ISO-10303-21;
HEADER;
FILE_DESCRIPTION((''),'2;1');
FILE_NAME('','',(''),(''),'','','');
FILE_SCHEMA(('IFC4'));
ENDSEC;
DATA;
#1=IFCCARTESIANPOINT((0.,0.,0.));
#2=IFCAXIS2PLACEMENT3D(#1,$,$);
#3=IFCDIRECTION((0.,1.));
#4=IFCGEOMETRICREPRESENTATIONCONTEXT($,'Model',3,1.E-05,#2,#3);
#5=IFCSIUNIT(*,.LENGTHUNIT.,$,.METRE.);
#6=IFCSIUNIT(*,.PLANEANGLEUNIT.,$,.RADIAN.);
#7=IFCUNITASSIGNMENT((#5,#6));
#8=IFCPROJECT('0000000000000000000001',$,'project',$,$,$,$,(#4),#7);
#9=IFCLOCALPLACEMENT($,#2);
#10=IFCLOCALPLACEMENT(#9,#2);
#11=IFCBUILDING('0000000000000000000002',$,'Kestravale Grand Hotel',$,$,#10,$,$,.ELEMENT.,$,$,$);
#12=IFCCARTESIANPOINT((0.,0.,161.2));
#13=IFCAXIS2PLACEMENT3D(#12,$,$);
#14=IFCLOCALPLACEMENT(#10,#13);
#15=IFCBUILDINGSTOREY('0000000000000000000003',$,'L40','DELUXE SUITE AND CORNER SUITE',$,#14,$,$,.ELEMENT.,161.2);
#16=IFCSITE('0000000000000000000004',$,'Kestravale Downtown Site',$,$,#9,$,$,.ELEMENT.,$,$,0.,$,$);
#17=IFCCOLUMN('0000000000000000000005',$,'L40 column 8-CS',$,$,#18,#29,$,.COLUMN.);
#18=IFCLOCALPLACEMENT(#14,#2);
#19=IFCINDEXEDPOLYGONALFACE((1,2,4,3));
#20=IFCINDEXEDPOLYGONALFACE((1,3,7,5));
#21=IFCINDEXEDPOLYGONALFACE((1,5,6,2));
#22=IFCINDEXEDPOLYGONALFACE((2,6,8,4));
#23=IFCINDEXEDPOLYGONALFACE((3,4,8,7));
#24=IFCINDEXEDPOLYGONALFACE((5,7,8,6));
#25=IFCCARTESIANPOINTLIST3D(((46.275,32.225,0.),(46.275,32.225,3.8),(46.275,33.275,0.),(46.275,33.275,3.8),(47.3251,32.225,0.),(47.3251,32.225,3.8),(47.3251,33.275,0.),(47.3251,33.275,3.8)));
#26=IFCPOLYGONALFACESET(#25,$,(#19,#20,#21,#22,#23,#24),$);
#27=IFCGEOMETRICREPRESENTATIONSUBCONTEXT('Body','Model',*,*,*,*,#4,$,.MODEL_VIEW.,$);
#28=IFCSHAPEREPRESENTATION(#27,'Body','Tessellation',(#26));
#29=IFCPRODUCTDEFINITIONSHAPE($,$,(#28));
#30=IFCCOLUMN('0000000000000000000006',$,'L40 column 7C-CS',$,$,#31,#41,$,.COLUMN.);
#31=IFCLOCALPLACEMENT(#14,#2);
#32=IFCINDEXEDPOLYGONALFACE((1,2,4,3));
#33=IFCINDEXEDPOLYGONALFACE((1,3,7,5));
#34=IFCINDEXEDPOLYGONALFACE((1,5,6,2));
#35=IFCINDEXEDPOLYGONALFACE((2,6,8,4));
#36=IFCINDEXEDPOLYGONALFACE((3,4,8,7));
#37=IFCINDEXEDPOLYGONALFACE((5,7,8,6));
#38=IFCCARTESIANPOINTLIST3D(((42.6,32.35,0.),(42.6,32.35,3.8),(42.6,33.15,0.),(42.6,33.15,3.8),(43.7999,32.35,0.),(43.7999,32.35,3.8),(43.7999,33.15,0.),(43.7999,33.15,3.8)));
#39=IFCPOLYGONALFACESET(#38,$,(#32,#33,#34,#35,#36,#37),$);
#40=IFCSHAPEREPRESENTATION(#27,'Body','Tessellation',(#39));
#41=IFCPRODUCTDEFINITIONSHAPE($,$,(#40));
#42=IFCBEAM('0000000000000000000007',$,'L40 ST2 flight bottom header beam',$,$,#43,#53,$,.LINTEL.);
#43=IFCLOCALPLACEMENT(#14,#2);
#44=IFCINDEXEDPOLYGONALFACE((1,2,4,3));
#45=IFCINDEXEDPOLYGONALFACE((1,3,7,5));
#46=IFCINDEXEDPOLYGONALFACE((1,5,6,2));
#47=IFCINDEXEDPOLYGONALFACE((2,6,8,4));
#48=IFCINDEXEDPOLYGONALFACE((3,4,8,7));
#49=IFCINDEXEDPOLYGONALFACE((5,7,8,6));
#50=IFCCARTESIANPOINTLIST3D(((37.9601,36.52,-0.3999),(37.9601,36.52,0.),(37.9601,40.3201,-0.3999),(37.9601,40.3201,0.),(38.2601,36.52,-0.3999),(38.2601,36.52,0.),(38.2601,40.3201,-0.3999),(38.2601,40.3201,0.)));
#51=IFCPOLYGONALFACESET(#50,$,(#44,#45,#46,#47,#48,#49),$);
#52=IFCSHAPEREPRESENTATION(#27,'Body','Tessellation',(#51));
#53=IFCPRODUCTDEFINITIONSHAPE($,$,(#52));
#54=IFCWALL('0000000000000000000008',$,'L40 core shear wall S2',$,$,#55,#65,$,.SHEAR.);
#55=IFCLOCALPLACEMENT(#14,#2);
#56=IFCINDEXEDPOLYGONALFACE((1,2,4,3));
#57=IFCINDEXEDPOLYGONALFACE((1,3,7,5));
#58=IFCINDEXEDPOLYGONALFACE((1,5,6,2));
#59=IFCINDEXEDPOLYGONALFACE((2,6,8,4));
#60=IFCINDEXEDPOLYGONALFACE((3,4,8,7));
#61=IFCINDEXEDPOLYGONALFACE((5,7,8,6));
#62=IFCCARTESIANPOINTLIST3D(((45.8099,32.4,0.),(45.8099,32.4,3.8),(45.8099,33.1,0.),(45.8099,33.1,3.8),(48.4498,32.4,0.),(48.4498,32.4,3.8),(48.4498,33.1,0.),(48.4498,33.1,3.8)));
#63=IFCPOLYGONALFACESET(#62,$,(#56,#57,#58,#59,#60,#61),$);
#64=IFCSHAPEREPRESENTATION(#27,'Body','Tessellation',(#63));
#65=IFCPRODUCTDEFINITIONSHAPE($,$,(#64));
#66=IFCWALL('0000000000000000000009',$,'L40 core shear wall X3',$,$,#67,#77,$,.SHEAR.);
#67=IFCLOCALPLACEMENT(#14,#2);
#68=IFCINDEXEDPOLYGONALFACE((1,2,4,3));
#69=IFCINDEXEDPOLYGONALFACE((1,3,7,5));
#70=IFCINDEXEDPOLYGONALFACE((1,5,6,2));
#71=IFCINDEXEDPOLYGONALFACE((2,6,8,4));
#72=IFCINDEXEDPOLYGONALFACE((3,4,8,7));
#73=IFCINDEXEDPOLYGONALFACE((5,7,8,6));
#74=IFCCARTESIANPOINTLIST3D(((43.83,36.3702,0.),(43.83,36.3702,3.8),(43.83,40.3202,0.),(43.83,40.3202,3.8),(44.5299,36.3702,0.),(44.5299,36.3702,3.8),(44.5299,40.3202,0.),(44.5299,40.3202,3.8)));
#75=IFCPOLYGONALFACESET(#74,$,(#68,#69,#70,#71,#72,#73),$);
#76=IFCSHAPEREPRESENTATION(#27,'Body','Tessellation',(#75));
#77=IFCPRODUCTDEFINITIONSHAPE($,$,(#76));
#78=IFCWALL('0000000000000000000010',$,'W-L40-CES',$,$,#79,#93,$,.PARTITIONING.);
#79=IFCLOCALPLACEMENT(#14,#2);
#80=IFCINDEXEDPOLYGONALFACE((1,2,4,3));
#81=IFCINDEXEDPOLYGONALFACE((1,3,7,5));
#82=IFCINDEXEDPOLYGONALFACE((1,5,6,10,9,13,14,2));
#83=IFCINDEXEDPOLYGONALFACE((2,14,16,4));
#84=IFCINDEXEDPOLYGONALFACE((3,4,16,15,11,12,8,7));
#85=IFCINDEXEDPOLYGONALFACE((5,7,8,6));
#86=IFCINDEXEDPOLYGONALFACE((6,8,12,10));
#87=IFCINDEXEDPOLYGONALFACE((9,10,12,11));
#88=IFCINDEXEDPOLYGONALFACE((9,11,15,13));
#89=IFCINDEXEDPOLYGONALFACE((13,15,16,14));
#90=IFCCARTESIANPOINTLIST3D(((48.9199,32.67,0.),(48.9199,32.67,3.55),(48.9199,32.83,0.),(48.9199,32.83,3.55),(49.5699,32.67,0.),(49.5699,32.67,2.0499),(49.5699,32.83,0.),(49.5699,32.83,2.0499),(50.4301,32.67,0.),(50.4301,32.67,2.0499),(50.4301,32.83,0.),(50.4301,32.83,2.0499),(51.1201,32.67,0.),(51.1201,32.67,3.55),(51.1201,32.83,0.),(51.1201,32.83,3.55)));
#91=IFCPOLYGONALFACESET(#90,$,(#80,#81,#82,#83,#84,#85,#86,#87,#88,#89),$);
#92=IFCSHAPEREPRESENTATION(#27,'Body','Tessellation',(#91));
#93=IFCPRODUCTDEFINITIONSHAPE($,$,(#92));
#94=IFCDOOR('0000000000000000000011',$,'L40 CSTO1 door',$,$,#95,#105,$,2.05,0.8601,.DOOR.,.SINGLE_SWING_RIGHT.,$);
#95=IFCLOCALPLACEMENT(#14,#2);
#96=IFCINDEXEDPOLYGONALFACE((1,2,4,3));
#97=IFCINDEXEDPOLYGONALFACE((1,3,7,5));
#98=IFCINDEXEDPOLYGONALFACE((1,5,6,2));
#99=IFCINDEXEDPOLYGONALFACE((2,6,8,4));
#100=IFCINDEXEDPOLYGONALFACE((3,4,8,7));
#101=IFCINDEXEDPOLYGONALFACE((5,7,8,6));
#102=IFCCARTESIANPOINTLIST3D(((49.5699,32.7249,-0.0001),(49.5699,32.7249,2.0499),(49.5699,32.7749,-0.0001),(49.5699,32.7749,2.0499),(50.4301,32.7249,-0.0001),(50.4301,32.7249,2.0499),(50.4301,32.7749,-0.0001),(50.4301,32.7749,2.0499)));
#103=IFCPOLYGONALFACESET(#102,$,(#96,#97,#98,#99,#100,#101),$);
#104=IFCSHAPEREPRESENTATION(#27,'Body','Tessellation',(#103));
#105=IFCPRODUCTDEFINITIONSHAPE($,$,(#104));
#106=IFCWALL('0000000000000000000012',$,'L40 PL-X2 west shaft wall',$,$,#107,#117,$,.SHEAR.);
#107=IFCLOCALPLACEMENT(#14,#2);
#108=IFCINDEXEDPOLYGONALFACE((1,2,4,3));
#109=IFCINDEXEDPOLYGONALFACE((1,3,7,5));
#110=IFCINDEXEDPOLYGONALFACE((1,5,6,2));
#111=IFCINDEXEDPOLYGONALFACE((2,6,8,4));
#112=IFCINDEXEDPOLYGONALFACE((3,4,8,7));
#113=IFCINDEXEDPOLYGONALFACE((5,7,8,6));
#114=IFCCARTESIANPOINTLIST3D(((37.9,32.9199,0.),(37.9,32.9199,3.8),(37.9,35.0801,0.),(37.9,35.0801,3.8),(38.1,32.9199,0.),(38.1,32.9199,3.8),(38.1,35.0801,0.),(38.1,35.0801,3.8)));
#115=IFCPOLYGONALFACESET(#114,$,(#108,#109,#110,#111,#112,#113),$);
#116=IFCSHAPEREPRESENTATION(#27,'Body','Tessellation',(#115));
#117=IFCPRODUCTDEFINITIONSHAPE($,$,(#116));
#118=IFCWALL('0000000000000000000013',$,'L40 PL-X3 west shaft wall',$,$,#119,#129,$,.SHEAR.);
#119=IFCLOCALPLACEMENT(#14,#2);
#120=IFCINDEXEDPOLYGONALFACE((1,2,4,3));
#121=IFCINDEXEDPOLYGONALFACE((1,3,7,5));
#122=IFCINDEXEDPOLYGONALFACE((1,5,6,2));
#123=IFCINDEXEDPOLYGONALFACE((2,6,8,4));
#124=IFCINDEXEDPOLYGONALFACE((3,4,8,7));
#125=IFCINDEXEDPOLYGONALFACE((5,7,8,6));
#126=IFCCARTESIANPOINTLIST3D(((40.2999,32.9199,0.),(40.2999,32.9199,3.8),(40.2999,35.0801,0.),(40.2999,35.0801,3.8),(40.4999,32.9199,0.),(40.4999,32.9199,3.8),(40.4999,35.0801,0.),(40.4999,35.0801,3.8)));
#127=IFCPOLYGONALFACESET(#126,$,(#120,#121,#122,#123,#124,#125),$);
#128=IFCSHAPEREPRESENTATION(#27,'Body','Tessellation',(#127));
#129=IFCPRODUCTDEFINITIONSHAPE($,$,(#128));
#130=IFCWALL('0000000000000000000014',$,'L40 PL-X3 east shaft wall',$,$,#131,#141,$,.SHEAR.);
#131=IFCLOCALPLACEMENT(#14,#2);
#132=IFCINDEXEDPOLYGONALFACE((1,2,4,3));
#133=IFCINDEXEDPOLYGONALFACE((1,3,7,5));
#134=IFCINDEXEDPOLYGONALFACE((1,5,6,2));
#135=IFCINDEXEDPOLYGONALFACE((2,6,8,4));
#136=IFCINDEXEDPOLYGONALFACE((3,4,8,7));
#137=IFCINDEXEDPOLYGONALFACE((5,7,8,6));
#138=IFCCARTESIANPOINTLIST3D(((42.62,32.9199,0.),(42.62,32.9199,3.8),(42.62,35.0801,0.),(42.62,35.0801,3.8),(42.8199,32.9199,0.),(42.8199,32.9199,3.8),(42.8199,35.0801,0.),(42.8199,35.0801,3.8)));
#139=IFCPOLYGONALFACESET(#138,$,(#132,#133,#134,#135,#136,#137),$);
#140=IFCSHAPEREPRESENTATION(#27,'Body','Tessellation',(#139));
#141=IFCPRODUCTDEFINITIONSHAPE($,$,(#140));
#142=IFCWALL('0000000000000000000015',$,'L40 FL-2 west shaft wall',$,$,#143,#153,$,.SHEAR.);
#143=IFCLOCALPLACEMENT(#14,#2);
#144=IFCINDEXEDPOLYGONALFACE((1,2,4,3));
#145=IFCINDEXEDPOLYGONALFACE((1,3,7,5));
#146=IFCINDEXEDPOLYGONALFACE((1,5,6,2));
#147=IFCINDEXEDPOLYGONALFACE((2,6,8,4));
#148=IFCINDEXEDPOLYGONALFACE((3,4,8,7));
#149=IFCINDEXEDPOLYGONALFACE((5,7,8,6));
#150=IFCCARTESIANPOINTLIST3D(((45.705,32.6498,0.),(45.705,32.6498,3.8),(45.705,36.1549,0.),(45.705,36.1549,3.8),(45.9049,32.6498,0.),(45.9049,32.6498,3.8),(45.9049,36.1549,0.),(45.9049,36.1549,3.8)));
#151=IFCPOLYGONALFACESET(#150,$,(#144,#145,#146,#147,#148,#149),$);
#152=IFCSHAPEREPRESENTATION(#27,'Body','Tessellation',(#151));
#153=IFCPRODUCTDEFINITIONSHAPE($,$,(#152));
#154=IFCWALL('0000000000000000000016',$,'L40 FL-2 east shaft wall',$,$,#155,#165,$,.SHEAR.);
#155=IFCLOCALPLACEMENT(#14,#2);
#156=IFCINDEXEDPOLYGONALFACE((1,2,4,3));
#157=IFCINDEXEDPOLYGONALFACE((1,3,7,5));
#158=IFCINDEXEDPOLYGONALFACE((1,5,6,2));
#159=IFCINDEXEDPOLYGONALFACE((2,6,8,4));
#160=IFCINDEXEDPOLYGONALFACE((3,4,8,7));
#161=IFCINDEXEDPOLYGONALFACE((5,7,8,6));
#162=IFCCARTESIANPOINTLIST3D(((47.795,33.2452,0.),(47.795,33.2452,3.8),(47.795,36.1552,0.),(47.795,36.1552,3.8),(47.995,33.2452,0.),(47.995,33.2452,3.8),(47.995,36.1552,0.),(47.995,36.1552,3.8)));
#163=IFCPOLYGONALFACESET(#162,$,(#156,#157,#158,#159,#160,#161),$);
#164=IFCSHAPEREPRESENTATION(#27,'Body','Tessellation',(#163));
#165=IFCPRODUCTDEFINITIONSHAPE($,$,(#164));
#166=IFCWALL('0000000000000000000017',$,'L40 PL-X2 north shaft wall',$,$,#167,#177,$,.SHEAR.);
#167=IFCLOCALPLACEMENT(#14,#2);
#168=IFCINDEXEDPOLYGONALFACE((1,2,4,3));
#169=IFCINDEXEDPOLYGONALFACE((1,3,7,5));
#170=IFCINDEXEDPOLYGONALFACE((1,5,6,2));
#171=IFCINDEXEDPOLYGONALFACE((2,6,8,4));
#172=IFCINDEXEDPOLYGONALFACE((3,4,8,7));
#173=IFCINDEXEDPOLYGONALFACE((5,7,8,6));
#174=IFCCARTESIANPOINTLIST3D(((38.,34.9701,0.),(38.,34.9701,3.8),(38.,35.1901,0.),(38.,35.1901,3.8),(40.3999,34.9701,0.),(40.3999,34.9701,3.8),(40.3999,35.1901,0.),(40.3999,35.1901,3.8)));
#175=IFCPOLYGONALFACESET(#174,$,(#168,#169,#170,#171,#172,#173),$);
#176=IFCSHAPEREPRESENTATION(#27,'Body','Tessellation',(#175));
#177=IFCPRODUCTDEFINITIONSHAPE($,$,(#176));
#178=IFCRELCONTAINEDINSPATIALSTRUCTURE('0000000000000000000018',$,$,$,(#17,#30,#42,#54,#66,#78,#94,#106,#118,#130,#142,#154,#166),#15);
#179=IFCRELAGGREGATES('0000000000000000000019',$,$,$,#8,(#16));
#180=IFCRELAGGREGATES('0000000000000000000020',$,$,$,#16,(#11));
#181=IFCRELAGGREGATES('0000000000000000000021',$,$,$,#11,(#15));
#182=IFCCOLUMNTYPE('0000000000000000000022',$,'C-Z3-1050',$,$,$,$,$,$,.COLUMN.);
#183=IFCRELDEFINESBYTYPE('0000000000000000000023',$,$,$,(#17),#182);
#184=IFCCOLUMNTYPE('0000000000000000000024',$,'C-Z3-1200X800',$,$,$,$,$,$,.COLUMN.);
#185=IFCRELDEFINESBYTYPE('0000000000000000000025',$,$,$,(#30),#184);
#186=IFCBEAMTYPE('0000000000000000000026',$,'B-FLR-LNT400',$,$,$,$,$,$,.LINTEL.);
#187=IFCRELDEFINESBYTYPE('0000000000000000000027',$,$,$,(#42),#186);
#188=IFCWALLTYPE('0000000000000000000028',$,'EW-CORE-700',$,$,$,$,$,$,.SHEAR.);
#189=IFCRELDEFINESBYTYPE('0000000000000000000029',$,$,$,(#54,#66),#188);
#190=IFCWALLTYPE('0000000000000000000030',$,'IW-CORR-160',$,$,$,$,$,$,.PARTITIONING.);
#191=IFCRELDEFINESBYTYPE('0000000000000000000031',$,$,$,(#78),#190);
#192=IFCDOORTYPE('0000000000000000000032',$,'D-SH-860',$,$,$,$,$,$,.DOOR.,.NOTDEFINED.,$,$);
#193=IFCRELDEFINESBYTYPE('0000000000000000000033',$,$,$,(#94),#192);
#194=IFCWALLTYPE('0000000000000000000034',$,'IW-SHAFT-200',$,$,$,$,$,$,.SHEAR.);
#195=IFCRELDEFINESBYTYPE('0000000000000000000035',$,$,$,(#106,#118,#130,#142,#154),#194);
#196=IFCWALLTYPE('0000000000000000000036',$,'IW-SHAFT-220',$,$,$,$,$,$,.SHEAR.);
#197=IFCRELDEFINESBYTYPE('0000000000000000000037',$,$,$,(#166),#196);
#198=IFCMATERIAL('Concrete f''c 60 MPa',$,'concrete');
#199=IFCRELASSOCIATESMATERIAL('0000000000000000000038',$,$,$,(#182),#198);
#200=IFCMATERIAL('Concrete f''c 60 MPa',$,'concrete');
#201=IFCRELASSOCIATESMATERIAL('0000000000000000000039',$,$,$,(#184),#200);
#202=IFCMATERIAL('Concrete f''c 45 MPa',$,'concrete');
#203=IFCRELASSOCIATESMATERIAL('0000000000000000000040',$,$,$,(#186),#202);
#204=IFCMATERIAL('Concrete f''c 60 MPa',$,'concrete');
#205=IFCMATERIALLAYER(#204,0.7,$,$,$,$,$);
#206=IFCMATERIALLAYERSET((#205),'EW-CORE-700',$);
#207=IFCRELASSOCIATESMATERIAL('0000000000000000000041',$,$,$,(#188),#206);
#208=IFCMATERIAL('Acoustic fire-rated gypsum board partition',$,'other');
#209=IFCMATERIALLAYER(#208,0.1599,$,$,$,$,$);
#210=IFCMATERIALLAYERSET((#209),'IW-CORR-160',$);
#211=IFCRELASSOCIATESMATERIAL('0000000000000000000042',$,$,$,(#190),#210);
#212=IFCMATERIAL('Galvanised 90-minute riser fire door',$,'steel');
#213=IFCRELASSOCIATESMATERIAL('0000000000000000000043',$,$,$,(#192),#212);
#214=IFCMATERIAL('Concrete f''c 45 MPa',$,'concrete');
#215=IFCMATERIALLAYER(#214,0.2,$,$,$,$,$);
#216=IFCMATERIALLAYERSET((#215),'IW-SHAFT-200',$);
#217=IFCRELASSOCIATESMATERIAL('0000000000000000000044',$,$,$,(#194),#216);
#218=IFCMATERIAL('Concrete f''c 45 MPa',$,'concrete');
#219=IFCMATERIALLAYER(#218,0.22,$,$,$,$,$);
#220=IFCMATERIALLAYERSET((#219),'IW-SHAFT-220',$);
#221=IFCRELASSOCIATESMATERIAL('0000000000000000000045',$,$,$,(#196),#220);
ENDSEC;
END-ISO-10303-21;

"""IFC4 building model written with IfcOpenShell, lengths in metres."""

from ifc_helpers import new_model, si_unit, direction, frame, frame_2d, origin, origin_2d, place, context, subcontext, project, spatial, rectangle, extrude, material, layer, layer_set, material_profile, profile_set, type_object, element, fill, save


model = new_model("IFC4")

# Units and contexts
model_context = context("Model", 3, precision=1e-05, world=origin(), true_north=direction((0.0, 1.0)))
body_context = subcontext(model_context, "Body", "Model", "MODEL_VIEW")
ifc_project = project(units=[si_unit("LENGTHUNIT", "METRE"), si_unit("PLANEANGLEUNIT", "RADIAN")], contexts=[model_context])

# Site, building, storey
site_placement = place(None, origin())
site = spatial("IfcSite", under=ifc_project, at=site_placement, Name="Kestravale Downtown Site", CompositionType="ELEMENT", RefElevation=0.0)
building_placement = place(site_placement, origin())
building = spatial("IfcBuilding", under=site, at=building_placement, Name="Kestravale Grand Hotel", CompositionType="ELEMENT")
storey_placement = place(building_placement, frame((0.0, 0.0, 161.2)))
storey = spatial("IfcBuildingStorey", under=building, at=storey_placement, Name="L40", Description="DELUXE SUITE AND CORNER SUITE", CompositionType="ELEMENT", Elevation=161.2)

# Columns
ifc_material_1 = material(Name="Concrete f'c 60 MPa", Category="concrete")
ifc_material_profile_1 = material_profile(ifc_material_1, rectangle(XDim=1.05, YDim=1.05, at=origin_2d()))
ifc_profile_set_1 = profile_set([ifc_material_profile_1], Name="Concrete f'c 60 MPa")
column_type_1 = type_object("IfcColumnType", Name="C-Z3-1050", PredefinedType="COLUMN", material=ifc_profile_set_1)
column_1_placement = place(storey_placement, frame((46.8, 32.75, 0.0), z_axis=(0.0, 0.0, 1.0), x_axis=(1.0, 0.0, 0.0)))
element("IfcColumn", 1, at=column_1_placement, inside=storey, type_object=column_type_1, Name="L40 column 8-CS", PredefinedType="COLUMN", context=body_context, shape_type="SweptSolid", body=[
    extrude(rectangle(XDim=1.05, YDim=1.05, at=origin_2d()), origin(), (0.0, 0.0, 1.0), 3.8),
])
ifc_material_2 = material(Name="Concrete f'c 60 MPa", Category="concrete")
ifc_material_profile_2 = material_profile(ifc_material_2, rectangle(XDim=1.2, YDim=0.8, at=origin_2d()))
ifc_profile_set_2 = profile_set([ifc_material_profile_2], Name="Concrete f'c 60 MPa")
column_type_2 = type_object("IfcColumnType", Name="C-Z3-1200X800", PredefinedType="COLUMN", material=ifc_profile_set_2)
column_2_placement = place(storey_placement, frame((43.2, 32.75, 0.0), z_axis=(0.0, 0.0, 1.0), x_axis=(1.0, 0.0, 0.0)))
element("IfcColumn", 2, at=column_2_placement, inside=storey, type_object=column_type_2, Name="L40 column 7C-CS", PredefinedType="COLUMN", context=body_context, shape_type="SweptSolid", body=[
    extrude(rectangle(XDim=1.2, YDim=0.8, at=origin_2d()), origin(), (0.0, 0.0, 1.0), 3.8),
])

# Beam
ifc_material_3 = material(Name="Concrete f'c 45 MPa", Category="concrete")
ifc_material_profile_3 = material_profile(ifc_material_3, rectangle(XDim=0.3, YDim=0.3999, at=origin_2d()))
ifc_profile_set_3 = profile_set([ifc_material_profile_3], Name="Concrete f'c 45 MPa")
beam_type = type_object("IfcBeamType", Name="B-FLR-LNT400", PredefinedType="LINTEL", material=ifc_profile_set_3)
beam_placement = place(storey_placement, frame((38.1101, 36.52, -0.2), z_axis=(0.0, 1.0, 0.0), x_axis=(-1.0, 0.0, 0.0)))
element("IfcBeam", 3, at=beam_placement, inside=storey, type_object=beam_type, Name="L40 ST2 flight bottom header beam", PredefinedType="LINTEL", context=body_context, shape_type="SweptSolid", body=[
    extrude(rectangle(XDim=0.3, YDim=0.3999, at=origin_2d()), origin(), (0.0, 0.0, 1.0), 3.8),
])

# Walls
ifc_material_4 = material(Name="Concrete f'c 60 MPa", Category="concrete")
ifc_layer_1 = layer(ifc_material_4, 0.7)
ifc_layer_set_1 = layer_set([ifc_layer_1], Name="EW-CORE-700")
wall_type_1 = type_object("IfcWallType", Name="EW-CORE-700", PredefinedType="SHEAR", material=ifc_layer_set_1)
wall_1_placement = place(storey_placement, frame((45.8101, 32.75, 0.0), z_axis=(0.0, 0.0, 1.0), x_axis=(1.0, 0.0, 0.0)))
element("IfcWall", 4, at=wall_1_placement, inside=storey, type_object=wall_type_1, Name="L40 core shear wall S2", PredefinedType="SHEAR", context=body_context, shape_type="SweptSolid", body=[
    extrude(rectangle(XDim=2.6399, YDim=0.7, at=frame_2d((1.3198, 0.0))), origin(), (0.0, 0.0, 1.0), 3.8),
])
wall_2_placement = place(storey_placement, frame((44.1799, 36.3701, 0.0), z_axis=(0.0, 0.0, 1.0), x_axis=(0.0, 1.0, 0.0)))
element("IfcWall", 5, at=wall_2_placement, inside=storey, type_object=wall_type_1, Name="L40 core shear wall X3", PredefinedType="SHEAR", context=body_context, shape_type="SweptSolid", body=[
    extrude(rectangle(XDim=3.95, YDim=0.7, at=frame_2d((1.9751, 0.0))), origin(), (0.0, 0.0, 1.0), 3.8),
])

# Wall, opening, door
ifc_material_5 = material(Name="Acoustic fire-rated gypsum board partition", Category="other")
ifc_layer_2 = layer(ifc_material_5, 0.1599)
ifc_layer_set_2 = layer_set([ifc_layer_2], Name="IW-CORR-160")
wall_type_2 = type_object("IfcWallType", Name="IW-CORR-160", PredefinedType="PARTITIONING", material=ifc_layer_set_2)
wall_3_placement = place(storey_placement, frame((48.9199, 32.75, 0.0), z_axis=(0.0, 0.0, 1.0), x_axis=(1.0, 0.0, 0.0)))
wall_3 = element("IfcWall", 6, at=wall_3_placement, inside=storey, type_object=wall_type_2, Name="W-L40-CES", PredefinedType="PARTITIONING", context=body_context, shape_type="SweptSolid", body=[
    extrude(rectangle(XDim=2.2002, YDim=0.1599, at=frame_2d((1.1001, 0.0))), origin(), (0.0, 0.0, 1.0), 3.55),
])
opening_1_placement = place(wall_3_placement, frame((0.6499, 0.0, 0.0)))
opening_1 = element("IfcOpeningElement", 7, at=opening_1_placement, cuts=wall_3, PredefinedType="OPENING", context=body_context, shape_type="SweptSolid", body=[
    extrude(rectangle(XDim=0.8601, YDim=2.05, at=frame_2d((0.4302, 1.0249))), frame((0.0, 0.0898, 0.0), z_axis=(0.0, -1.0, 0.0), x_axis=(1.0, 0.0, 0.0)), (0.0, 0.0, 1.0), 0.1799),
])
ifc_material_6 = material(Name="Galvanised 90-minute riser fire door", Category="steel")
door_type_1 = type_object("IfcDoorType", Name="D-SH-860", OperationType="NOTDEFINED", PredefinedType="DOOR", material=ifc_material_6)
door_1_placement = place(opening_1_placement, origin())
door_1 = element("IfcDoor", 8, at=door_1_placement, inside=storey, type_object=door_type_1, Name="L40 CSTO1 door", OperationType="SINGLE_SWING_RIGHT", OverallHeight=2.05, OverallWidth=0.8601, PredefinedType="DOOR", context=body_context, shape_type="SweptSolid", body=[
    extrude(rectangle(XDim=0.8601, YDim=2.05, at=frame_2d((0.4302, 1.0249))), frame((0.0, 0.0249, 0.0), z_axis=(0.0, -1.0, 0.0), x_axis=(1.0, 0.0, 0.0)), (0.0, 0.0, 1.0), 0.05),
])
fill(opening_1, door_1)

# Walls
ifc_material_7 = material(Name="Concrete f'c 45 MPa", Category="concrete")
ifc_layer_3 = layer(ifc_material_7, 0.2)
ifc_layer_set_3 = layer_set([ifc_layer_3], Name="IW-SHAFT-200")
wall_type_3 = type_object("IfcWallType", Name="IW-SHAFT-200", PredefinedType="SHEAR", material=ifc_layer_set_3)
for number, where, z_axis, x_axis, name in (
    (9, (38.0, 32.9199, 0.0), (0.0, 0.0, 1.0), (0.0, 1.0, 0.0), "L40 PL-X2 west shaft wall"),
    (10, (40.3999, 32.9199, 0.0), (0.0, 0.0, 1.0), (0.0, 1.0, 0.0), "L40 PL-X3 west shaft wall"),
    (11, (42.72, 32.9199, 0.0), (0.0, 0.0, 1.0), (0.0, 1.0, 0.0), "L40 PL-X3 east shaft wall"),
):
    element("IfcWall", number, at=place(storey_placement, frame(where, z_axis=z_axis, x_axis=x_axis)), inside=storey, type_object=wall_type_3, Name=name, PredefinedType="SHEAR", context=body_context, shape_type="SweptSolid", body=[
        extrude(rectangle(XDim=2.1602, YDim=0.2, at=frame_2d((1.0801, 0.0))), origin(), (0.0, 0.0, 1.0), 3.8),
    ])
wall_4_placement = place(storey_placement, frame((45.8049, 32.6499, 0.0), z_axis=(0.0, 0.0, 1.0), x_axis=(0.0, 1.0, 0.0)))
element("IfcWall", 12, at=wall_4_placement, inside=storey, type_object=wall_type_3, Name="L40 FL-2 west shaft wall", PredefinedType="SHEAR", context=body_context, shape_type="SweptSolid", body=[
    extrude(rectangle(XDim=3.5051, YDim=0.2, at=frame_2d((1.7524, 0.0))), origin(), (0.0, 0.0, 1.0), 3.8),
])
wall_5_placement = place(storey_placement, frame((47.895, 33.2451, 0.0), z_axis=(0.0, 0.0, 1.0), x_axis=(0.0, 1.0, 0.0)))
element("IfcWall", 13, at=wall_5_placement, inside=storey, type_object=wall_type_3, Name="L40 FL-2 east shaft wall", PredefinedType="SHEAR", context=body_context, shape_type="SweptSolid", body=[
    extrude(rectangle(XDim=2.9099, YDim=0.2, at=frame_2d((1.4551, 0.0))), origin(), (0.0, 0.0, 1.0), 3.8),
])

# Shared definitions
ifc_material_8 = material(Name="Concrete f'c 45 MPa", Category="concrete")
ifc_layer_4 = layer(ifc_material_8, 0.22)
ifc_layer_set_4 = layer_set([ifc_layer_4], Name="IW-SHAFT-220")
wall_type_4 = type_object("IfcWallType", Name="IW-SHAFT-220", PredefinedType="SHEAR", material=ifc_layer_set_4)

# Wall
for number, where, z_axis, x_axis, name in (
    (14, (38.0, 35.0801, 0.0), (0.0, 0.0, 1.0), (1.0, 0.0, 0.0), "L40 PL-X2 north shaft wall"),
):
    element("IfcWall", number, at=place(storey_placement, frame(where, z_axis=z_axis, x_axis=x_axis)), inside=storey, type_object=wall_type_4, Name=name, PredefinedType="SHEAR", context=body_context, shape_type="SweptSolid", body=[
        extrude(rectangle(XDim=2.3999, YDim=0.22, at=frame_2d((1.2, 0.0))), origin(), (0.0, 0.0, 1.0), 3.8),
    ])

save(model, "model.ifc")
